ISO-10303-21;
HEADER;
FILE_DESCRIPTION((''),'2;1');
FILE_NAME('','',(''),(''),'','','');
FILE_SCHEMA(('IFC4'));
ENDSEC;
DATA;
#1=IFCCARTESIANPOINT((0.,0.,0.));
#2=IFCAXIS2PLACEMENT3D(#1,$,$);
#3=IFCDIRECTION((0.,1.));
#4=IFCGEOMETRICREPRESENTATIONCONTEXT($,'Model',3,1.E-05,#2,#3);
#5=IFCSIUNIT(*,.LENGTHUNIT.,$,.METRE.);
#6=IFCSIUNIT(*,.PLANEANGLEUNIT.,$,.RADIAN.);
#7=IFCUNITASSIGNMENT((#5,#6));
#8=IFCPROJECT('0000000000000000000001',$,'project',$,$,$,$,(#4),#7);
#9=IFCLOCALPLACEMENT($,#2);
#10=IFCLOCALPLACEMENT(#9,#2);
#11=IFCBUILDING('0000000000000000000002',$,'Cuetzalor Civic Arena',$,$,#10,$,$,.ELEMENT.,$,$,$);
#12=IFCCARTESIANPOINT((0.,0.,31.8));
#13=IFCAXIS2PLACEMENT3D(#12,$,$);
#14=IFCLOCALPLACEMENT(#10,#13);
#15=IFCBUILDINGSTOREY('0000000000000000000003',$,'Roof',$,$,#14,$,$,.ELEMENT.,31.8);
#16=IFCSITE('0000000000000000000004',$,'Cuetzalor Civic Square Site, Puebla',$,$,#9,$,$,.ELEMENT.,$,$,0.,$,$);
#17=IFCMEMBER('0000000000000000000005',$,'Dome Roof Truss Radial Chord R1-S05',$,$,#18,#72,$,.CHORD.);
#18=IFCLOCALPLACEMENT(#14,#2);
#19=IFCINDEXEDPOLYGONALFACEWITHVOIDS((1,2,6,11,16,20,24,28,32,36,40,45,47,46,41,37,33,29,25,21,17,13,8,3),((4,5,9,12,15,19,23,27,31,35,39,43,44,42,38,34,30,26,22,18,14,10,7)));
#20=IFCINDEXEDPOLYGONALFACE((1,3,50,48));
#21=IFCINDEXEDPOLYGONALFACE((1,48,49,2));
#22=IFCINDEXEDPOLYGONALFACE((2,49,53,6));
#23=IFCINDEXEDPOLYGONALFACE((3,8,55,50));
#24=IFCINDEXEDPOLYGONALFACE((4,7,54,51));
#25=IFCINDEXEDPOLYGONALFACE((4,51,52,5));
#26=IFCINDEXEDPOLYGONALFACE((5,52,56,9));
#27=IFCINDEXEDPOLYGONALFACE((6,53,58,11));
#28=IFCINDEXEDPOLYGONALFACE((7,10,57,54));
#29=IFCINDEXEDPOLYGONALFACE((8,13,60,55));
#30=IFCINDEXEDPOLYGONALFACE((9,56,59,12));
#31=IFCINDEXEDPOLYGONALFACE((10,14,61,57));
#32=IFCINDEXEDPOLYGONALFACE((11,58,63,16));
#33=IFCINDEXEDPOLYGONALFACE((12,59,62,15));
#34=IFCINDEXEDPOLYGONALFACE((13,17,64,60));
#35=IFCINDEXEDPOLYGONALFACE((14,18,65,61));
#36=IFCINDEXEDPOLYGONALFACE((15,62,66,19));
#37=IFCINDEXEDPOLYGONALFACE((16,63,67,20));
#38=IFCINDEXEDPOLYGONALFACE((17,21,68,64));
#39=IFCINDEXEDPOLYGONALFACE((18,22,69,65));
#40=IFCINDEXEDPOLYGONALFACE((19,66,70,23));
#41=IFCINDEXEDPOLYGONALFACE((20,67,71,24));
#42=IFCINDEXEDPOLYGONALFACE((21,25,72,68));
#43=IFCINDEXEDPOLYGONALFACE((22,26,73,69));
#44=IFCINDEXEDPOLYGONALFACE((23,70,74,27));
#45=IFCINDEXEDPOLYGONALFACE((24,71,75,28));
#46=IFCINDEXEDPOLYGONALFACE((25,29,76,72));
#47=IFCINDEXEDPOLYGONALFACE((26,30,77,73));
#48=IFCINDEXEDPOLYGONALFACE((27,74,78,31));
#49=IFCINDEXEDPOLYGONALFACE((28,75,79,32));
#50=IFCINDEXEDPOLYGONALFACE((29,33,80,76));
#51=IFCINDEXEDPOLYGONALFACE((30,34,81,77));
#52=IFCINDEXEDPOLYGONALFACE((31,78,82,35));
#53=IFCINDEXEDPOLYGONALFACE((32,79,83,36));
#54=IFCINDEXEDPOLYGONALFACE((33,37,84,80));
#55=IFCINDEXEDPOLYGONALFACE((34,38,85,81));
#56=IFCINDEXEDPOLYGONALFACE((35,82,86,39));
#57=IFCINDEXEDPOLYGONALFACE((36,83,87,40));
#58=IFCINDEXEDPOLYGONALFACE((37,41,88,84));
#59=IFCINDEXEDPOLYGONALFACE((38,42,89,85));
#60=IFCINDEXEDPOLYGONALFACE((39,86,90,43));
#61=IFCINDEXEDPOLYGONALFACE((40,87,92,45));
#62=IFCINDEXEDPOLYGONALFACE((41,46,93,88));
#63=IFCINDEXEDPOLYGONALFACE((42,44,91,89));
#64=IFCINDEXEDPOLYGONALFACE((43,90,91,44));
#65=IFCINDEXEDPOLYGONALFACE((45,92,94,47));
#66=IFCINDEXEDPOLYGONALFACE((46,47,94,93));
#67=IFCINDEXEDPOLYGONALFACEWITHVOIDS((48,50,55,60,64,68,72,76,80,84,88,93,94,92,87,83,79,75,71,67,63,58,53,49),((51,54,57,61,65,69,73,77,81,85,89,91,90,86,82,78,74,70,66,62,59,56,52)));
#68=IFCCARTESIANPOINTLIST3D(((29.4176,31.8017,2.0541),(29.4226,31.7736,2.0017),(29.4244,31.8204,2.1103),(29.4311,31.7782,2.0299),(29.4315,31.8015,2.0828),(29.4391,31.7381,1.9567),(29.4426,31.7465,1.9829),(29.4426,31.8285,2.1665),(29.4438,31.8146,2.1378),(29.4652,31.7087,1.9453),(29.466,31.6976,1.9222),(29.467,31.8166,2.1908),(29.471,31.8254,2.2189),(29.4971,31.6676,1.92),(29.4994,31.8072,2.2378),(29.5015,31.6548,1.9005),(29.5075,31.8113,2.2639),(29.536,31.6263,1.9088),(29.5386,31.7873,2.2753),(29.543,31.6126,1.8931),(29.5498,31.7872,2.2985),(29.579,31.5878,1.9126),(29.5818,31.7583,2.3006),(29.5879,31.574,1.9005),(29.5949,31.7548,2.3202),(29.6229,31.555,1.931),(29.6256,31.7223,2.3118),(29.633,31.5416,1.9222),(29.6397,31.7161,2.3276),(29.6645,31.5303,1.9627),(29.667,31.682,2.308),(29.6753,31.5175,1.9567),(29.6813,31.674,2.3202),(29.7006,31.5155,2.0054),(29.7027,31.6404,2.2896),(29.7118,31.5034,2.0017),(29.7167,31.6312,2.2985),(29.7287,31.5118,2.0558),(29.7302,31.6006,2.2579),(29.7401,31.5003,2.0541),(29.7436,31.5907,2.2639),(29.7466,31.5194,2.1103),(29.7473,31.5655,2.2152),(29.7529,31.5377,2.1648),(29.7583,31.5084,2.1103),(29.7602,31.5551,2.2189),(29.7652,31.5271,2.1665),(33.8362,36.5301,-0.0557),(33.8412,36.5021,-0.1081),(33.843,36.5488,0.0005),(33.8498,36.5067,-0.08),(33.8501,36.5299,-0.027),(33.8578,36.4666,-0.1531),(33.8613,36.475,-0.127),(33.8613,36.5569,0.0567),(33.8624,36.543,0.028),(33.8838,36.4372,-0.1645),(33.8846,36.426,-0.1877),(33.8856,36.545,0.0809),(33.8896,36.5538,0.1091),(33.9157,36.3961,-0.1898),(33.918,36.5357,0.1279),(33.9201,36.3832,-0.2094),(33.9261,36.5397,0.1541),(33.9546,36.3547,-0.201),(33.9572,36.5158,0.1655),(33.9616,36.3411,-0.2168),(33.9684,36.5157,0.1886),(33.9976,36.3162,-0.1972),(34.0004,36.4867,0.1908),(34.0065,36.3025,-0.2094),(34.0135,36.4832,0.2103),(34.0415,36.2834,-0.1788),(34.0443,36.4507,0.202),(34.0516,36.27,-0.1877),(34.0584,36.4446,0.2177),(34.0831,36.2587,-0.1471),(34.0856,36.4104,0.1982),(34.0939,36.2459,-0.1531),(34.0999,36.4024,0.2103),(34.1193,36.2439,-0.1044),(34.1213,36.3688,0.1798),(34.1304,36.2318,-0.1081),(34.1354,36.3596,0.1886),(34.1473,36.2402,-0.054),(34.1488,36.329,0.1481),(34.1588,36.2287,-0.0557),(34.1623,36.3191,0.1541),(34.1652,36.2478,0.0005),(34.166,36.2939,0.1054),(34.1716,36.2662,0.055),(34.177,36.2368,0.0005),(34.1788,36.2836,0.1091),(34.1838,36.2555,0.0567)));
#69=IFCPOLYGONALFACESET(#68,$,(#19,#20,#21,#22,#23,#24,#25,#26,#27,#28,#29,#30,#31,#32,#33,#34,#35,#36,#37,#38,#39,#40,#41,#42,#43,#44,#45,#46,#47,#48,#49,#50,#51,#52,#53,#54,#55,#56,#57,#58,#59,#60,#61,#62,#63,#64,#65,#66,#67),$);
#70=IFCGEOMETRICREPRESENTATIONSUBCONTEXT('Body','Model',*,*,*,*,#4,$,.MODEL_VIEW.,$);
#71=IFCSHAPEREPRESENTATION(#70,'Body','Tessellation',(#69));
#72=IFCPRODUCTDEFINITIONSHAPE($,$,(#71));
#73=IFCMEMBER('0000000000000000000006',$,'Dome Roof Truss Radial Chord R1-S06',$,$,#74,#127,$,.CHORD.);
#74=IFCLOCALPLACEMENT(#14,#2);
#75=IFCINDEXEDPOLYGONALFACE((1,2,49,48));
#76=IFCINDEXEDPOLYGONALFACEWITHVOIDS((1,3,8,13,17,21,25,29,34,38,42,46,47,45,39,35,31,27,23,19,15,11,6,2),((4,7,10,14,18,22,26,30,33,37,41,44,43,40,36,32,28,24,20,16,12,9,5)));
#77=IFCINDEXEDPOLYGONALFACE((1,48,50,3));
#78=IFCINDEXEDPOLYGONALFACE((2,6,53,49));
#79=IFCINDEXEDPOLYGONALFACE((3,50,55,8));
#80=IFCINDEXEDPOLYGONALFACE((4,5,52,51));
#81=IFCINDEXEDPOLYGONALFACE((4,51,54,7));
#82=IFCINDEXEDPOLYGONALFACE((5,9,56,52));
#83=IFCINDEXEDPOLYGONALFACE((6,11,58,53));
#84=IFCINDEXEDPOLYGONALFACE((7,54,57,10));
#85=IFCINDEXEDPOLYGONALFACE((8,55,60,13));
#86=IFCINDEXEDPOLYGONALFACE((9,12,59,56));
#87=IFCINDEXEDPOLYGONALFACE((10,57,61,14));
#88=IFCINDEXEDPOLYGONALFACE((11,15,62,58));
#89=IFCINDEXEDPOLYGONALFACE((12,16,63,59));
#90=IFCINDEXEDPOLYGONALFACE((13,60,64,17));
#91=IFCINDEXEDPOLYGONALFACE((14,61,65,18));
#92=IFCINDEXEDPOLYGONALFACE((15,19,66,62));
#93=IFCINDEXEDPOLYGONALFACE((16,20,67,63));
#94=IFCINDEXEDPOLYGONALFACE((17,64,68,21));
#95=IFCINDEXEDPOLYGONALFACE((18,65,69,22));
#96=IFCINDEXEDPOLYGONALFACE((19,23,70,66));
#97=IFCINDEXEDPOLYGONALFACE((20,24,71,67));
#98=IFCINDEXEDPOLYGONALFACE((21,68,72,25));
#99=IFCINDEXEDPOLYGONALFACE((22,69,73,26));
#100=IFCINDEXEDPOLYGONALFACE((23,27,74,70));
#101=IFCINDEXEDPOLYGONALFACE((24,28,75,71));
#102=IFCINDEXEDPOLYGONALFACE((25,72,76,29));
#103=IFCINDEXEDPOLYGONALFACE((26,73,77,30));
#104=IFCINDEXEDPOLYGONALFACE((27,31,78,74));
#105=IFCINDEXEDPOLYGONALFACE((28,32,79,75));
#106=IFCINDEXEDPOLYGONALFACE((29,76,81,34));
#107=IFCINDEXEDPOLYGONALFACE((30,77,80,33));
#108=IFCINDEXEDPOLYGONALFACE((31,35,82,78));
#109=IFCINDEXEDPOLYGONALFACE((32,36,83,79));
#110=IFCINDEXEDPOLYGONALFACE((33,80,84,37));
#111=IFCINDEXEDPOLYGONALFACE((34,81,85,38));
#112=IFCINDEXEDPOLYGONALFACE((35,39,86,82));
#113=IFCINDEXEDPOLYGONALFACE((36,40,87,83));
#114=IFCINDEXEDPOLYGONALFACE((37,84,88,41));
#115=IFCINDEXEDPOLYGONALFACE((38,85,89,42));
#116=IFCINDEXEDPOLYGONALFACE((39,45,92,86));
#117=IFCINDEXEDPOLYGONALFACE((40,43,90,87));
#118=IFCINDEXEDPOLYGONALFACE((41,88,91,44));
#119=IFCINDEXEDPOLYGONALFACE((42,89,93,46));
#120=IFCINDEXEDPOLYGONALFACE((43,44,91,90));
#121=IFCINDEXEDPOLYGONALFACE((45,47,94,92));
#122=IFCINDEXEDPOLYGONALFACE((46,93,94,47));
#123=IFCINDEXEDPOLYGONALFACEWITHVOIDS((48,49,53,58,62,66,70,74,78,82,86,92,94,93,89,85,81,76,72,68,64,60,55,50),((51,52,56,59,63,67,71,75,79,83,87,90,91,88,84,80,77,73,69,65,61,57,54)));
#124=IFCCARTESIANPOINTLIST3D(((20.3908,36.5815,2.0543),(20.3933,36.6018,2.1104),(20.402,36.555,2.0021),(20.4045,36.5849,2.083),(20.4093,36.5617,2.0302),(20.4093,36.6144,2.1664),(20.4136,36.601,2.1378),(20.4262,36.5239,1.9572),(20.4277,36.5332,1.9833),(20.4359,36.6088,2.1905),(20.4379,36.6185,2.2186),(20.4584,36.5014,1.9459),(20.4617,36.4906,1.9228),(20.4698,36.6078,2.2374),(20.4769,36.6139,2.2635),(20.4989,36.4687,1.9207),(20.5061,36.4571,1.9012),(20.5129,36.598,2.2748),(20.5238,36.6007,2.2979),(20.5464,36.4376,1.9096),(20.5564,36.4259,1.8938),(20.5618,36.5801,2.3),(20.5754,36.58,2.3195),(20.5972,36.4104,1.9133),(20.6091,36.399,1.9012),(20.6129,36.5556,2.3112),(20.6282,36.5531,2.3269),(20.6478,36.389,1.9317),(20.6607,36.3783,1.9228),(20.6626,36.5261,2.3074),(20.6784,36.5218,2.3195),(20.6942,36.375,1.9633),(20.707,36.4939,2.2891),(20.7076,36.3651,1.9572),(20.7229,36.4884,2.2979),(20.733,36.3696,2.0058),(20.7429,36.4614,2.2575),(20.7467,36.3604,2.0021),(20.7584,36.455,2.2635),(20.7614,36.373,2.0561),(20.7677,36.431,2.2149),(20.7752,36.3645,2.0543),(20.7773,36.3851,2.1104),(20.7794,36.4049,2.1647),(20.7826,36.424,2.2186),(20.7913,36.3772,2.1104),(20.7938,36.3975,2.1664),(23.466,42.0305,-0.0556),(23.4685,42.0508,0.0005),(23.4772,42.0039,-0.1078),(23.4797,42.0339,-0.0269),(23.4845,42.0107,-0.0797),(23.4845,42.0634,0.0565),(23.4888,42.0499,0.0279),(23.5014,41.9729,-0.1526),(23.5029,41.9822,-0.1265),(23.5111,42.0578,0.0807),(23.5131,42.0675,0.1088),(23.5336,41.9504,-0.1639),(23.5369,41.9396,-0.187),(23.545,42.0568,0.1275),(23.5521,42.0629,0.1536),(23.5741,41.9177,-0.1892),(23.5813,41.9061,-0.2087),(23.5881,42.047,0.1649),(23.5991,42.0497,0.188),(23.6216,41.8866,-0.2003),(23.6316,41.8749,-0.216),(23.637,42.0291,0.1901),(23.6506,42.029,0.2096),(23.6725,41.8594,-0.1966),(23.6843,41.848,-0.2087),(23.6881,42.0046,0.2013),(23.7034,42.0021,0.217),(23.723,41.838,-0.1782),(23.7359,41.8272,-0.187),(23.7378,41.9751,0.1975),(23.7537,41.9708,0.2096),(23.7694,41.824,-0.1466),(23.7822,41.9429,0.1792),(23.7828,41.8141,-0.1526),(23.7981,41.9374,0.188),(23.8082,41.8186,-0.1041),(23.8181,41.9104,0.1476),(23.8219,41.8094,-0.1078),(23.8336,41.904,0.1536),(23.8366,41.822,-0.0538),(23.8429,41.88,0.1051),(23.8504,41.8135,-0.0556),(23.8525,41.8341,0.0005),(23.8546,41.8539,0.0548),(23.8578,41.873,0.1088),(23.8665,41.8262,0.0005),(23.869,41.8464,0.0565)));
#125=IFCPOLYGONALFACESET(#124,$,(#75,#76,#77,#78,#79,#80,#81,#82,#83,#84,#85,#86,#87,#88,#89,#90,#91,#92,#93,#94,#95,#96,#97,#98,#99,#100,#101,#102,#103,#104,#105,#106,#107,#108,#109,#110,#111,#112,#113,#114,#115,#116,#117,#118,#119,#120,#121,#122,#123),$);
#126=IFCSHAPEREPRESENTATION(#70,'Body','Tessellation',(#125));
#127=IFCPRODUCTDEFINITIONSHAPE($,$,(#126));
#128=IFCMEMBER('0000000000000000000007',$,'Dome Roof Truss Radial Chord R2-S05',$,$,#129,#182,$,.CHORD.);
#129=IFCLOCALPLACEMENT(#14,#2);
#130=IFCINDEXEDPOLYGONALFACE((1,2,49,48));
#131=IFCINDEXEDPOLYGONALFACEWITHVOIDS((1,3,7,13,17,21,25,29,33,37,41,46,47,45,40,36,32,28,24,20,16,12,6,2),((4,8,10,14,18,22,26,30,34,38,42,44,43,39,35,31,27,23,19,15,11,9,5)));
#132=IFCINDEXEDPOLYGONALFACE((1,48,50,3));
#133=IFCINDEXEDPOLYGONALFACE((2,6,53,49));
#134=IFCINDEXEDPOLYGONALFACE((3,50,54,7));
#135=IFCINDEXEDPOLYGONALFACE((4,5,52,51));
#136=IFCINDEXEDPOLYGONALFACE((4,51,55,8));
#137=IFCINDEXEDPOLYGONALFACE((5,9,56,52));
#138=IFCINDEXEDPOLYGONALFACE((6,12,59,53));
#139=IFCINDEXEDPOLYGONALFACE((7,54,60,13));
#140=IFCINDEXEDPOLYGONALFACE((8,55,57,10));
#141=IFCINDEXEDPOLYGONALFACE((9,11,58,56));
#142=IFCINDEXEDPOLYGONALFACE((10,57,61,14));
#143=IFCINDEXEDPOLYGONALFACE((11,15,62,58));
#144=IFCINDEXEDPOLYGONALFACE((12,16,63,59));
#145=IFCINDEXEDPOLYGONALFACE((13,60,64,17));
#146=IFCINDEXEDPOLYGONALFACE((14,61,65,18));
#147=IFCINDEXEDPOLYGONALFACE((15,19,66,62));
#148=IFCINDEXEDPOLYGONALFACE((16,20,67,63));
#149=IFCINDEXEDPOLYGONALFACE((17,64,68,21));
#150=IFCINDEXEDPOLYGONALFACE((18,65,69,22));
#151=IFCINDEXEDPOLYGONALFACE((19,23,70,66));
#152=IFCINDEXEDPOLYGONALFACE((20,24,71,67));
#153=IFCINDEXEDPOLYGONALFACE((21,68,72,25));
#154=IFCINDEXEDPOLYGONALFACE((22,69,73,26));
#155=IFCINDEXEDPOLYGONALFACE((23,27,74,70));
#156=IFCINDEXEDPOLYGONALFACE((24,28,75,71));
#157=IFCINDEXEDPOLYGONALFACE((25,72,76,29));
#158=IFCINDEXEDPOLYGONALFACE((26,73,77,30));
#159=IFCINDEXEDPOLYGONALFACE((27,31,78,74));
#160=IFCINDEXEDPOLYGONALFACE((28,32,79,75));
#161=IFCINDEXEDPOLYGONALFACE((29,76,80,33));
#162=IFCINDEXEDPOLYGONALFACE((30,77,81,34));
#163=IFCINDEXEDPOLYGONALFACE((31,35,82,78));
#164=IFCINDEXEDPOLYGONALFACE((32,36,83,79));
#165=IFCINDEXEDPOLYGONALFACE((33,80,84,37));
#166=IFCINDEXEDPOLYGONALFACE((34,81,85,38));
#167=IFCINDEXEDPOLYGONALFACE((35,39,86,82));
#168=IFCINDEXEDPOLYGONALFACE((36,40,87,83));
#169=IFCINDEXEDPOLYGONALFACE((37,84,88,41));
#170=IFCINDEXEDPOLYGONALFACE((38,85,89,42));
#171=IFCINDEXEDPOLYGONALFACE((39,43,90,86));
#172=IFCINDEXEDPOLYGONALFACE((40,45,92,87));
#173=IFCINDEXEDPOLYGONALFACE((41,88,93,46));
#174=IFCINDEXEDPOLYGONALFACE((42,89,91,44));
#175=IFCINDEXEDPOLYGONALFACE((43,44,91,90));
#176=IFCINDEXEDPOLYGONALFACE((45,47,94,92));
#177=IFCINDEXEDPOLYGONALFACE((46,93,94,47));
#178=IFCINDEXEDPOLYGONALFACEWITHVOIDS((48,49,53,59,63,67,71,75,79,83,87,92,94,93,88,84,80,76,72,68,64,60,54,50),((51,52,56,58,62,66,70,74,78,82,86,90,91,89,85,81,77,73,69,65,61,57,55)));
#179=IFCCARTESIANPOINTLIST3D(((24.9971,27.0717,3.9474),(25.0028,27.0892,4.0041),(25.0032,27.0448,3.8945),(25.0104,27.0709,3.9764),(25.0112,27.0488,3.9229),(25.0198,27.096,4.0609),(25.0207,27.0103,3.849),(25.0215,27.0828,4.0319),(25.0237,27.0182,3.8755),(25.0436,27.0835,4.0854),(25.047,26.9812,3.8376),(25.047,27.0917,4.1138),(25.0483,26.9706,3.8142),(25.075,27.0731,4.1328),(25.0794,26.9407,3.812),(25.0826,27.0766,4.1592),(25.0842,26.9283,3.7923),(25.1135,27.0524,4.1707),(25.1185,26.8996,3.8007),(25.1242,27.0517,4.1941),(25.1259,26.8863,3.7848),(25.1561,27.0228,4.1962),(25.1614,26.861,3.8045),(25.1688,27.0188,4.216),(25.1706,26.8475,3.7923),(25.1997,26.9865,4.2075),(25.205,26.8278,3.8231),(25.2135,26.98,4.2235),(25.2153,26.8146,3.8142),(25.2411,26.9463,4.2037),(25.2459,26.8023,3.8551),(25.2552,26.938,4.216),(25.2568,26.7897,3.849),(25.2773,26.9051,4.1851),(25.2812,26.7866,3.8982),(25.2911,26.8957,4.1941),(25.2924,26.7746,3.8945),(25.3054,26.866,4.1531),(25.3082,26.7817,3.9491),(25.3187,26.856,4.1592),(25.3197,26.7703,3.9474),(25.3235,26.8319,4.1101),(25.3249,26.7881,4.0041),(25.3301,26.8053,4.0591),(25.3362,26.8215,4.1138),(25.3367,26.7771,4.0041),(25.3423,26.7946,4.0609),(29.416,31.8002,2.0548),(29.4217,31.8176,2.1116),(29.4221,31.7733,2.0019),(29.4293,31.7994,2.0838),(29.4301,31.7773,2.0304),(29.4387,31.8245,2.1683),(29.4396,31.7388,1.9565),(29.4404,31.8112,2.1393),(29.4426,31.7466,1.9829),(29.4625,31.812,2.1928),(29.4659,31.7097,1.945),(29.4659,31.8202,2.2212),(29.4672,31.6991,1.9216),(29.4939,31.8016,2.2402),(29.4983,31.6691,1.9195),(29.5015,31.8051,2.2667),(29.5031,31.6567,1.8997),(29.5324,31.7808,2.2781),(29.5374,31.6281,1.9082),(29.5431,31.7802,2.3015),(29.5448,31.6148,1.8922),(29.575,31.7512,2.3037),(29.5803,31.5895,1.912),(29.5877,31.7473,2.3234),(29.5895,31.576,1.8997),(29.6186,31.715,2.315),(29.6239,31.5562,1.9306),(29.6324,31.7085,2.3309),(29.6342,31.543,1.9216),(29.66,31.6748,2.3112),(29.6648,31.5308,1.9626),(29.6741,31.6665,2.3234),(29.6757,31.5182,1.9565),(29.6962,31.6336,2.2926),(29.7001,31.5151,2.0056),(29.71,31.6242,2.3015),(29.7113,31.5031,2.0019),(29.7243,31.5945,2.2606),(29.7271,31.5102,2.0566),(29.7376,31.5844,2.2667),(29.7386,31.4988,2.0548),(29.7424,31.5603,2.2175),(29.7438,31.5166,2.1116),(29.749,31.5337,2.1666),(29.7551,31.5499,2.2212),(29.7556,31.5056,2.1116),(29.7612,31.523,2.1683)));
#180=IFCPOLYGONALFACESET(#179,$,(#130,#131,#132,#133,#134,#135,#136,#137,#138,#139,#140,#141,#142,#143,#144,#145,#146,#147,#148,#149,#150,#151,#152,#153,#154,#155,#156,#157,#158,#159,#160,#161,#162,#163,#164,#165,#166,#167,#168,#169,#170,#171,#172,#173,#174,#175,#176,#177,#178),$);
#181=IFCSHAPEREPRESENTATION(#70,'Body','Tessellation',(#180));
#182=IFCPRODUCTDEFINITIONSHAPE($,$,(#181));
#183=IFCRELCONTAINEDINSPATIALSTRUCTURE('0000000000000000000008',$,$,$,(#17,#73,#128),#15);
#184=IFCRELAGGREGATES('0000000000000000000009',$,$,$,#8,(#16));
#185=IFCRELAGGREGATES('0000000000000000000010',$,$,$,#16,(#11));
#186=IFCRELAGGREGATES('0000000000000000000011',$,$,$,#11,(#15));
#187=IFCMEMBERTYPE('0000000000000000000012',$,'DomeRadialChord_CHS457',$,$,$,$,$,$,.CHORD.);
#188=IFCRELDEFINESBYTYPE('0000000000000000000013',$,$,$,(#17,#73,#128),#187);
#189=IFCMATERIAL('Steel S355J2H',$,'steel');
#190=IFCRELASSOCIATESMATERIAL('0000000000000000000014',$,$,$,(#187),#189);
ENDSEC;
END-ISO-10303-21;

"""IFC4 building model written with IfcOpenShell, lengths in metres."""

from ifc_helpers import new_model, si_unit, direction, frame, origin, origin_2d, place, context, subcontext, project, spatial, hollow_circle, extrude, material, material_profile, profile_set, type_object, element, save


model = new_model("IFC4")

# Units and contexts
model_context = context("Model", 3, precision=1e-05, world=origin(), true_north=direction((0.0, 1.0)))
body_context = subcontext(model_context, "Body", "Model", "MODEL_VIEW")
ifc_project = project(units=[si_unit("LENGTHUNIT", "METRE"), si_unit("PLANEANGLEUNIT", "RADIAN")], contexts=[model_context])

# Site, building, storey
site_placement = place(None, origin())
site = spatial("IfcSite", under=ifc_project, at=site_placement, Name="Cuetzalor Civic Square Site, Puebla", CompositionType="ELEMENT", RefElevation=0.0)
building_placement = place(site_placement, origin())
building = spatial("IfcBuilding", under=site, at=building_placement, Name="Cuetzalor Civic Arena", CompositionType="ELEMENT")
storey_placement = place(building_placement, frame((0.0, 0.0, 31.8)))
storey = spatial("IfcBuildingStorey", under=building, at=storey_placement, Name="Roof", CompositionType="ELEMENT", Elevation=31.8)

# Members
ifc_material_1 = material(Name="Steel S355J2H", Category="steel")
ifc_material_profile_1 = material_profile(ifc_material_1, hollow_circle(Radius=0.2285, WallThickness=0.0161, at=origin_2d()), Name="CHS 457x16")
ifc_profile_set_1 = profile_set([ifc_material_profile_1], Name="Steel S355J2H")
member_type_1 = type_object("IfcMemberType", Name="DomeRadialChord_CHS457", PredefinedType="CHORD", material=ifc_profile_set_1)
member_1_placement = place(storey_placement, frame((34.01, 36.3928, 0.0005), z_axis=(-0.64914, -0.694654, 0.309955), x_axis=(0.730637, -0.682766, 0.0)))
element("IfcMember", 1, at=member_1_placement, inside=storey, type_object=member_type_1, Name="Dome Roof Truss Radial Chord R1-S05", PredefinedType="CHORD", context=body_context, shape_type="SweptSolid", body=[
    extrude(hollow_circle(Radius=0.2285, WallThickness=0.0161, at=origin_2d()), origin(), (0.0, 0.0, 1.0), 6.8069),
])
member_2_placement = place(storey_placement, frame((23.6675, 41.9385, 0.0005), z_axis=(-0.465727, -0.825226, 0.319531), x_axis=(0.870882, -0.491493, 0.0)))
element("IfcMember", 2, at=member_2_placement, inside=storey, type_object=member_type_1, Name="Dome Roof Truss Radial Chord R1-S06", PredefinedType="CHORD", context=body_context, shape_type="SweptSolid", body=[
    extrude(hollow_circle(Radius=0.2285, WallThickness=0.0161, at=origin_2d()), origin(), (0.0, 0.0, 1.0), 6.603),
])
member_3_placement = place(storey_placement, frame((29.5886, 31.6616, 2.1116), z_axis=(-0.65534, -0.70125, 0.280674), x_axis=(0.730619, -0.682786, 0.0)))
element("IfcMember", 3, at=member_3_placement, inside=storey, type_object=member_type_1, Name="Dome Roof Truss Radial Chord R2-S05", PredefinedType="CHORD", context=body_context, shape_type="SweptSolid", body=[
    extrude(hollow_circle(Radius=0.2285, WallThickness=0.0161, at=origin_2d()), origin(), (0.0, 0.0, 1.0), 6.7429),
])

save(model, "model.ifc")
